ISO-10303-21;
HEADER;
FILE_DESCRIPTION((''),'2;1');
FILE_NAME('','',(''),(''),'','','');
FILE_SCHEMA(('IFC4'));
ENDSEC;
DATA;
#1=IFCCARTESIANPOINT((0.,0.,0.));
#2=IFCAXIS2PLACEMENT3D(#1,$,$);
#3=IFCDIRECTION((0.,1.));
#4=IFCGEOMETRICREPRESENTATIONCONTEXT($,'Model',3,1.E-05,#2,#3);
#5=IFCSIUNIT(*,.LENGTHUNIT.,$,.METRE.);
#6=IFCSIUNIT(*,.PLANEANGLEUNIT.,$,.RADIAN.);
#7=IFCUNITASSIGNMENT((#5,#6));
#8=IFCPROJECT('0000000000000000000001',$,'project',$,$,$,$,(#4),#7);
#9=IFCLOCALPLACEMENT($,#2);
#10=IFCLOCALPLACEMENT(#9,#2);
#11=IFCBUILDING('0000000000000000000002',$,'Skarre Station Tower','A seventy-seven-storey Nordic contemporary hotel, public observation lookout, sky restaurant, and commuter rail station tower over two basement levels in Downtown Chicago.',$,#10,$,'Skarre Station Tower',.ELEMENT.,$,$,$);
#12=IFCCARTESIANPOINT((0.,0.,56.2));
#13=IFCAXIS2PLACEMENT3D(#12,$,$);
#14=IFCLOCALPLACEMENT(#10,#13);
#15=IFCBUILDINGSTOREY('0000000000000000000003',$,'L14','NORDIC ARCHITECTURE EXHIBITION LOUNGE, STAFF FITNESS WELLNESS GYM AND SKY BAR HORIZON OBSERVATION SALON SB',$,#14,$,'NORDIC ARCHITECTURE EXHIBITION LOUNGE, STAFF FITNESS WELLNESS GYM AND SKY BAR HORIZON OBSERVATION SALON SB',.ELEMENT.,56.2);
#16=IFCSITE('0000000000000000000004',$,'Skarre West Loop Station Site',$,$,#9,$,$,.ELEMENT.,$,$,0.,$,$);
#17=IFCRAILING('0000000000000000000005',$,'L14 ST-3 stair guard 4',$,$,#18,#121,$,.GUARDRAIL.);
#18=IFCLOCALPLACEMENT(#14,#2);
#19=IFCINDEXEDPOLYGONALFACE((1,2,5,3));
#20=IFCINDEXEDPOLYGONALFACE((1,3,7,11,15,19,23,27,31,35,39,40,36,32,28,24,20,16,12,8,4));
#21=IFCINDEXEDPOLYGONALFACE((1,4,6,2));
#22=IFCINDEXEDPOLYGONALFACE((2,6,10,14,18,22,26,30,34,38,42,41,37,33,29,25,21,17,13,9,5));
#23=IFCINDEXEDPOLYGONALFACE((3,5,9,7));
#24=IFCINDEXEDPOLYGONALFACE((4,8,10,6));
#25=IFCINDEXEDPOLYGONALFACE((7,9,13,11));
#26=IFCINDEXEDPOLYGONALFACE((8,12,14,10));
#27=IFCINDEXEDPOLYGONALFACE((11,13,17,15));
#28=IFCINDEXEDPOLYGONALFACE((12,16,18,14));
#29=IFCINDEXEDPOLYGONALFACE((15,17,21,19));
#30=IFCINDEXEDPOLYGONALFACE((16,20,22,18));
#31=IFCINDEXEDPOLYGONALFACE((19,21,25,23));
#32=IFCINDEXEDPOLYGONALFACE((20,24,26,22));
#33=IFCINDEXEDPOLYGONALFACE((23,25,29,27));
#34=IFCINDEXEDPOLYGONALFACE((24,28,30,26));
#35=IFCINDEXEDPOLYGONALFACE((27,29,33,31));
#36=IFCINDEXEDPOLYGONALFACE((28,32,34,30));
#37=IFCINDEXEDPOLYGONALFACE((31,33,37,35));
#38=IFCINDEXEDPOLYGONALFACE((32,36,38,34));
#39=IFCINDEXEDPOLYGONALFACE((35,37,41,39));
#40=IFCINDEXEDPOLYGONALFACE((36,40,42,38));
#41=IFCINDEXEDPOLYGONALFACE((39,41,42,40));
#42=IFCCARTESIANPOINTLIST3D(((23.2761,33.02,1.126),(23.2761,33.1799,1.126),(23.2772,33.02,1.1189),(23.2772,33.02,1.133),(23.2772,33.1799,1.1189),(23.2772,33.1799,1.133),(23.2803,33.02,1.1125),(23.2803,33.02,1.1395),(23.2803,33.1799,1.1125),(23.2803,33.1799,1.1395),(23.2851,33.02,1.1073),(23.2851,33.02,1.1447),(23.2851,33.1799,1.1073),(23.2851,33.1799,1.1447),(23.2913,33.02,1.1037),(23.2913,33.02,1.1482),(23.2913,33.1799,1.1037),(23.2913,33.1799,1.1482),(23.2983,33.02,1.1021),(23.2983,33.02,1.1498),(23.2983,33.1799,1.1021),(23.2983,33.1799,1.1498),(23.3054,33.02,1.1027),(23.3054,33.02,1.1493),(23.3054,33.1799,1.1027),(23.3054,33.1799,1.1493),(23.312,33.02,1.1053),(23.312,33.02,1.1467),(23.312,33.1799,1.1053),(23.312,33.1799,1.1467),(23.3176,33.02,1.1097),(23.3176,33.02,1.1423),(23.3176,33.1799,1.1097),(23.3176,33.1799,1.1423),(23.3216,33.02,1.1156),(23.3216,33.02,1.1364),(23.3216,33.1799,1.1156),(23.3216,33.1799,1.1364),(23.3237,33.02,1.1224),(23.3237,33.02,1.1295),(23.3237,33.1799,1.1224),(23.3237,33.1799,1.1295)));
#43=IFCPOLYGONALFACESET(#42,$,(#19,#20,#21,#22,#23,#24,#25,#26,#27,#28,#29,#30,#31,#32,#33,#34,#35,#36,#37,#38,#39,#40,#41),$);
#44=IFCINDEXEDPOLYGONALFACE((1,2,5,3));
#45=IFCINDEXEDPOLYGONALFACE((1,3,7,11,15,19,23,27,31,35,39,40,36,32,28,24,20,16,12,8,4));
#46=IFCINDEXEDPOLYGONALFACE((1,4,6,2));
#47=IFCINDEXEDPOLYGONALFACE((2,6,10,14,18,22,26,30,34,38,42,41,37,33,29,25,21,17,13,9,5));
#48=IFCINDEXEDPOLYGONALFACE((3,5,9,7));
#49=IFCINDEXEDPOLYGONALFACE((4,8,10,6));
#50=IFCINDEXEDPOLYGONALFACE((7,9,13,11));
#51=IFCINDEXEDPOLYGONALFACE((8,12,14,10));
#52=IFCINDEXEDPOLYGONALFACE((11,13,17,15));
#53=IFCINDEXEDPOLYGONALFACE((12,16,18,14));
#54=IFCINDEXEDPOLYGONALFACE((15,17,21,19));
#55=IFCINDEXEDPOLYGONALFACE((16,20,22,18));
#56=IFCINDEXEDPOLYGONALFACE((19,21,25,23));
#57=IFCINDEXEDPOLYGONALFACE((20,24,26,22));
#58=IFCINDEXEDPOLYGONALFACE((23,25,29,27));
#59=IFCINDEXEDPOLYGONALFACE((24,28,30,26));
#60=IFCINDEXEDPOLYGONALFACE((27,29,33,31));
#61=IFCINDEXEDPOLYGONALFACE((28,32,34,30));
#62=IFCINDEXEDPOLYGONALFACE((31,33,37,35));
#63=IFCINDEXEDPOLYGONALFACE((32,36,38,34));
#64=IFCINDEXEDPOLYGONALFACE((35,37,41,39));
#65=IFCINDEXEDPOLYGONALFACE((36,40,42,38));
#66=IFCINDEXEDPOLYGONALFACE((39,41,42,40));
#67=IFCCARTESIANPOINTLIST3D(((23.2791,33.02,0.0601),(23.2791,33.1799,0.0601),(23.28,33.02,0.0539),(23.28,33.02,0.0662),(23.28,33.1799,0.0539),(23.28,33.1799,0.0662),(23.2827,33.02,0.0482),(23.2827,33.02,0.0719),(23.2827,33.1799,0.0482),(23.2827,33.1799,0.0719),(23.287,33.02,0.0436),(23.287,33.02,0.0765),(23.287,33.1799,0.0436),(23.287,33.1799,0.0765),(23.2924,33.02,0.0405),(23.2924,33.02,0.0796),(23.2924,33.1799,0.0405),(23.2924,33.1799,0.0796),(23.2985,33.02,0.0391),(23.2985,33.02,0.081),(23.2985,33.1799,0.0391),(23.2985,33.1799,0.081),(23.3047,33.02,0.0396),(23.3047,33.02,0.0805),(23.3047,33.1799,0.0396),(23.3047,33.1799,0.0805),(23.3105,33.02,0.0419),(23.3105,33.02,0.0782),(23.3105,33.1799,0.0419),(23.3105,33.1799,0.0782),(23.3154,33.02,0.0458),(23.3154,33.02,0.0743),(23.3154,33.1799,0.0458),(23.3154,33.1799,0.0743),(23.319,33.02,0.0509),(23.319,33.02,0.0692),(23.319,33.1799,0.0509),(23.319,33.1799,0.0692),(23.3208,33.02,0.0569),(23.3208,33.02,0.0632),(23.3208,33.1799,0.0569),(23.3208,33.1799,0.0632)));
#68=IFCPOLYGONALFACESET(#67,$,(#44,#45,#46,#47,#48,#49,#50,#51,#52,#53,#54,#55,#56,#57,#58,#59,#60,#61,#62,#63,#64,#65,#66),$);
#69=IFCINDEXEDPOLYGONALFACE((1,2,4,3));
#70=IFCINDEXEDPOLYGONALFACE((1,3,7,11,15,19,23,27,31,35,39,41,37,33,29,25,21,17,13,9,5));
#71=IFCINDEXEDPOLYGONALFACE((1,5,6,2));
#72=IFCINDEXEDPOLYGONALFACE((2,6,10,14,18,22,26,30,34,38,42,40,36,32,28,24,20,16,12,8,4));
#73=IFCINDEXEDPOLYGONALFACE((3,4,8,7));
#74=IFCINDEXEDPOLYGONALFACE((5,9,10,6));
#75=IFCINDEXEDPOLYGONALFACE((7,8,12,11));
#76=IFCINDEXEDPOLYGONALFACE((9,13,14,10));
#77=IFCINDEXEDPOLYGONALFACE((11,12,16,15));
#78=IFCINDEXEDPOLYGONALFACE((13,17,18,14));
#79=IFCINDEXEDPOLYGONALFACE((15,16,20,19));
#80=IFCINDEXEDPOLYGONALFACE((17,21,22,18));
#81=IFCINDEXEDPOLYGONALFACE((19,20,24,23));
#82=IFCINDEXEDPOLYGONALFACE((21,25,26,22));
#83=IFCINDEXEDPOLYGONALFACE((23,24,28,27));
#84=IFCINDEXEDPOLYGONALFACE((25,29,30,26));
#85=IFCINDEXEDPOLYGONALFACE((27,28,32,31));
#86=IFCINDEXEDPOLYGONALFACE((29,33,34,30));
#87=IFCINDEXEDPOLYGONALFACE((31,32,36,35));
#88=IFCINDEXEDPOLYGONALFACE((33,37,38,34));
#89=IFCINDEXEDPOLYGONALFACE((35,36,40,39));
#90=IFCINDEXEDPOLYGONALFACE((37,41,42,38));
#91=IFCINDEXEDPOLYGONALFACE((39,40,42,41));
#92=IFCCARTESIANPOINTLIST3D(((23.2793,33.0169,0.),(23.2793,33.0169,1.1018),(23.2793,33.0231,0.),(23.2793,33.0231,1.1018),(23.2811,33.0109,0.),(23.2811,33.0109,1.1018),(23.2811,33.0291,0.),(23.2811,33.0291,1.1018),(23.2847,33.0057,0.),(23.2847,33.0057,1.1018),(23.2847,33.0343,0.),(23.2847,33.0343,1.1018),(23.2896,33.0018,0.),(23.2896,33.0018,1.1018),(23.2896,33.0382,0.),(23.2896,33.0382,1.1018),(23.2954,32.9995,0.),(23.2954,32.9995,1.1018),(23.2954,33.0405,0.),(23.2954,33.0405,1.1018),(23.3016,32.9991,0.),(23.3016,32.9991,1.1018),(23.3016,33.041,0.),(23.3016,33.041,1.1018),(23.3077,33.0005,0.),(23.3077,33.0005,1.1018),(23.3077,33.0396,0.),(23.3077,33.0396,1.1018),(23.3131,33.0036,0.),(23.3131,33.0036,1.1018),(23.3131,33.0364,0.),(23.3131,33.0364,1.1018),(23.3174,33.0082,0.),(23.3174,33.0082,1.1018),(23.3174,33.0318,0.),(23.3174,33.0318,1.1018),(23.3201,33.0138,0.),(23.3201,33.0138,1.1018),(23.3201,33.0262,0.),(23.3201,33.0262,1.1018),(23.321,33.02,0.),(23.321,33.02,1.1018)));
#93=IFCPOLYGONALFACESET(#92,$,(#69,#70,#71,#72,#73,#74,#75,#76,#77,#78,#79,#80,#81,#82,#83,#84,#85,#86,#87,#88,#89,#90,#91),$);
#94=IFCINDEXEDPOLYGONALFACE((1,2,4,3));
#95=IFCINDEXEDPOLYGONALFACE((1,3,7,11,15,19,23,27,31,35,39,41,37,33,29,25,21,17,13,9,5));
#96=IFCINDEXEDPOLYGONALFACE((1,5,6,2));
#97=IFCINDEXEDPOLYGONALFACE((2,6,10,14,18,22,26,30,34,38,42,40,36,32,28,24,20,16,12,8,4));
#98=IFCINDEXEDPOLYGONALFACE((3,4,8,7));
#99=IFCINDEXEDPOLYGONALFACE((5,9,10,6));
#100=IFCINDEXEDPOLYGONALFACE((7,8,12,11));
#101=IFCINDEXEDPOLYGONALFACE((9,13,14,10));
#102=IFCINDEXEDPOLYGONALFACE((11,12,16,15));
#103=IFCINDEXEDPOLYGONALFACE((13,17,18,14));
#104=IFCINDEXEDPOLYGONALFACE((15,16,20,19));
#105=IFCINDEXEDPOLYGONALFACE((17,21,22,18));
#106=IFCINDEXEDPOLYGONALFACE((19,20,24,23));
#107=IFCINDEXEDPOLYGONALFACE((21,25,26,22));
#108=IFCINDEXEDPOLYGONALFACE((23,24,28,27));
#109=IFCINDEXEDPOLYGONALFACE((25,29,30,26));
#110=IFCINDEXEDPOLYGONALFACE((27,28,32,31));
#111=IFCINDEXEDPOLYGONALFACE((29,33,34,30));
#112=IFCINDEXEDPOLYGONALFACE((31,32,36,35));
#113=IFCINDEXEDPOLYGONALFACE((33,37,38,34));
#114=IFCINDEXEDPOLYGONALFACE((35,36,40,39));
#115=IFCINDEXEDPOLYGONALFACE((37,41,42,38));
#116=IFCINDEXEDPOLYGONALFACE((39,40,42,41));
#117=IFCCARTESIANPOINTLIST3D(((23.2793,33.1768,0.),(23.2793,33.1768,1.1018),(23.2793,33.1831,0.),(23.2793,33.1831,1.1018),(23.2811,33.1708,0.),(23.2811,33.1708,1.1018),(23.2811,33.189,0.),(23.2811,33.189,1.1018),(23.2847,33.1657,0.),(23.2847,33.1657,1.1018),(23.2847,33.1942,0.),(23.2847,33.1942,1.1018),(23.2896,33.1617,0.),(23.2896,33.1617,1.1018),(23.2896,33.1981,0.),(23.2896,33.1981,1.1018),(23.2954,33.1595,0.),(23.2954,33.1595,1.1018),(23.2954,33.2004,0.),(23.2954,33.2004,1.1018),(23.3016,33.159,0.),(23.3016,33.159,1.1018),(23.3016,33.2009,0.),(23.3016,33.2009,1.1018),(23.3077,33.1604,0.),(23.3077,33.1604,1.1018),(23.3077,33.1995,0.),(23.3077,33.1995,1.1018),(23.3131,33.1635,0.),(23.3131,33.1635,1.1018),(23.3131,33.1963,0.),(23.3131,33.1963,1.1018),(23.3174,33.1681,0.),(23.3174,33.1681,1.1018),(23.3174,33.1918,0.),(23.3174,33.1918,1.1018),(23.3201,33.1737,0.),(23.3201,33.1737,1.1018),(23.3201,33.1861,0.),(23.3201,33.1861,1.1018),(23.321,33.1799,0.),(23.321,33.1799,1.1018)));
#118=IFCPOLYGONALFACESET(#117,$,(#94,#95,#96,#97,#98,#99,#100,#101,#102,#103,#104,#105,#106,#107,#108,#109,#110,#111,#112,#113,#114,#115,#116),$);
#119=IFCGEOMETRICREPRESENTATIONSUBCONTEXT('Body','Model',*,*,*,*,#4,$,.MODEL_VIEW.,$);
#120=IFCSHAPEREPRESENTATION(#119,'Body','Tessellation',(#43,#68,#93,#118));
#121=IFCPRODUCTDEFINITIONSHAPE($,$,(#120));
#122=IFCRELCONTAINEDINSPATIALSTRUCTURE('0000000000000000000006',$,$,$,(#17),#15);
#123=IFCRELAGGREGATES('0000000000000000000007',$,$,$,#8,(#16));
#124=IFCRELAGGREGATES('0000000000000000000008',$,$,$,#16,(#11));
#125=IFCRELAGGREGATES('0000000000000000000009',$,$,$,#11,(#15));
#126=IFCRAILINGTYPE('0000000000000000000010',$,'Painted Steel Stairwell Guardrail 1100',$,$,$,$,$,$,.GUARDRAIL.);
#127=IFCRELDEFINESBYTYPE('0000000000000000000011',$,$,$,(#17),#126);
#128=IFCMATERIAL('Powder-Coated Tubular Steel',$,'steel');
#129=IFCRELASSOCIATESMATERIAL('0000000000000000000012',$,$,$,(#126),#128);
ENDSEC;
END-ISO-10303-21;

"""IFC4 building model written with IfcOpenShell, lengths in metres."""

from ifc_helpers import new_model, si_unit, direction, frame, origin, origin_2d, place, context, subcontext, project, spatial, circle, extrude, material, type_object, element, save


model = new_model("IFC4")

# Units and contexts
model_context = context("Model", 3, precision=1e-05, world=origin(), true_north=direction((0.0, 1.0)))
body_context = subcontext(model_context, "Body", "Model", "MODEL_VIEW")
ifc_project = project(units=[si_unit("LENGTHUNIT", "METRE"), si_unit("PLANEANGLEUNIT", "RADIAN")], contexts=[model_context])

# Site, building, storey
site_placement = place(None, origin())
site = spatial("IfcSite", under=ifc_project, at=site_placement, Name="Skarre West Loop Station Site", CompositionType="ELEMENT", RefElevation=0.0)
building_placement = place(site_placement, origin())
building = spatial("IfcBuilding", under=site, at=building_placement, Name="Skarre Station Tower", Description="A seventy-seven-storey Nordic contemporary hotel, public observation lookout, sky restaurant, and commuter rail station tower over two basement levels in Downtown Chicago.", LongName="Skarre Station Tower", CompositionType="ELEMENT")
storey_placement = place(building_placement, frame((0.0, 0.0, 56.2)))
storey = spatial("IfcBuildingStorey", under=building, at=storey_placement, Name="L14", Description="NORDIC ARCHITECTURE EXHIBITION LOUNGE, STAFF FITNESS WELLNESS GYM AND SKY BAR HORIZON OBSERVATION SALON SB", LongName="NORDIC ARCHITECTURE EXHIBITION LOUNGE, STAFF FITNESS WELLNESS GYM AND SKY BAR HORIZON OBSERVATION SALON SB", CompositionType="ELEMENT", Elevation=56.2)

# Railing
ifc_material_1 = material(Name="Powder-Coated Tubular Steel", Category="steel")
railing_type_1 = type_object("IfcRailingType", Name="Painted Steel Stairwell Guardrail 1100", PredefinedType="GUARDRAIL", material=ifc_material_1)
railing_1_placement = place(storey_placement, frame((23.3, 33.02, 0.0)))
element("IfcRailing", 1, at=railing_1_placement, inside=storey, type_object=railing_type_1, Name="L14 ST-3 stair guard 4", PredefinedType="GUARDRAIL", context=body_context, shape_type="SweptSolid", body=[
    extrude(circle(Radius=0.0239, at=origin_2d()), frame((0.0, 0.0, 1.126), z_axis=(0.0, 1.0, 0.0), x_axis=(-1.0, 0.0, 0.0)), (0.0, 0.0, 1.0), 0.1599),
    extrude(circle(Radius=0.021, at=origin_2d()), frame((0.0, 0.0, 0.0601), z_axis=(0.0, 1.0, 0.0), x_axis=(-1.0, 0.0, 0.0)), (0.0, 0.0, 1.0), 0.1599),
    extrude(circle(Radius=0.021, at=origin_2d()), origin(), (0.0, 0.0, 1.0), 1.1018),
    extrude(circle(Radius=0.021, at=origin_2d()), frame((0.0, 0.1599, 0.0)), (0.0, 0.0, 1.0), 1.1018),
])

save(model, "model.ifc")
